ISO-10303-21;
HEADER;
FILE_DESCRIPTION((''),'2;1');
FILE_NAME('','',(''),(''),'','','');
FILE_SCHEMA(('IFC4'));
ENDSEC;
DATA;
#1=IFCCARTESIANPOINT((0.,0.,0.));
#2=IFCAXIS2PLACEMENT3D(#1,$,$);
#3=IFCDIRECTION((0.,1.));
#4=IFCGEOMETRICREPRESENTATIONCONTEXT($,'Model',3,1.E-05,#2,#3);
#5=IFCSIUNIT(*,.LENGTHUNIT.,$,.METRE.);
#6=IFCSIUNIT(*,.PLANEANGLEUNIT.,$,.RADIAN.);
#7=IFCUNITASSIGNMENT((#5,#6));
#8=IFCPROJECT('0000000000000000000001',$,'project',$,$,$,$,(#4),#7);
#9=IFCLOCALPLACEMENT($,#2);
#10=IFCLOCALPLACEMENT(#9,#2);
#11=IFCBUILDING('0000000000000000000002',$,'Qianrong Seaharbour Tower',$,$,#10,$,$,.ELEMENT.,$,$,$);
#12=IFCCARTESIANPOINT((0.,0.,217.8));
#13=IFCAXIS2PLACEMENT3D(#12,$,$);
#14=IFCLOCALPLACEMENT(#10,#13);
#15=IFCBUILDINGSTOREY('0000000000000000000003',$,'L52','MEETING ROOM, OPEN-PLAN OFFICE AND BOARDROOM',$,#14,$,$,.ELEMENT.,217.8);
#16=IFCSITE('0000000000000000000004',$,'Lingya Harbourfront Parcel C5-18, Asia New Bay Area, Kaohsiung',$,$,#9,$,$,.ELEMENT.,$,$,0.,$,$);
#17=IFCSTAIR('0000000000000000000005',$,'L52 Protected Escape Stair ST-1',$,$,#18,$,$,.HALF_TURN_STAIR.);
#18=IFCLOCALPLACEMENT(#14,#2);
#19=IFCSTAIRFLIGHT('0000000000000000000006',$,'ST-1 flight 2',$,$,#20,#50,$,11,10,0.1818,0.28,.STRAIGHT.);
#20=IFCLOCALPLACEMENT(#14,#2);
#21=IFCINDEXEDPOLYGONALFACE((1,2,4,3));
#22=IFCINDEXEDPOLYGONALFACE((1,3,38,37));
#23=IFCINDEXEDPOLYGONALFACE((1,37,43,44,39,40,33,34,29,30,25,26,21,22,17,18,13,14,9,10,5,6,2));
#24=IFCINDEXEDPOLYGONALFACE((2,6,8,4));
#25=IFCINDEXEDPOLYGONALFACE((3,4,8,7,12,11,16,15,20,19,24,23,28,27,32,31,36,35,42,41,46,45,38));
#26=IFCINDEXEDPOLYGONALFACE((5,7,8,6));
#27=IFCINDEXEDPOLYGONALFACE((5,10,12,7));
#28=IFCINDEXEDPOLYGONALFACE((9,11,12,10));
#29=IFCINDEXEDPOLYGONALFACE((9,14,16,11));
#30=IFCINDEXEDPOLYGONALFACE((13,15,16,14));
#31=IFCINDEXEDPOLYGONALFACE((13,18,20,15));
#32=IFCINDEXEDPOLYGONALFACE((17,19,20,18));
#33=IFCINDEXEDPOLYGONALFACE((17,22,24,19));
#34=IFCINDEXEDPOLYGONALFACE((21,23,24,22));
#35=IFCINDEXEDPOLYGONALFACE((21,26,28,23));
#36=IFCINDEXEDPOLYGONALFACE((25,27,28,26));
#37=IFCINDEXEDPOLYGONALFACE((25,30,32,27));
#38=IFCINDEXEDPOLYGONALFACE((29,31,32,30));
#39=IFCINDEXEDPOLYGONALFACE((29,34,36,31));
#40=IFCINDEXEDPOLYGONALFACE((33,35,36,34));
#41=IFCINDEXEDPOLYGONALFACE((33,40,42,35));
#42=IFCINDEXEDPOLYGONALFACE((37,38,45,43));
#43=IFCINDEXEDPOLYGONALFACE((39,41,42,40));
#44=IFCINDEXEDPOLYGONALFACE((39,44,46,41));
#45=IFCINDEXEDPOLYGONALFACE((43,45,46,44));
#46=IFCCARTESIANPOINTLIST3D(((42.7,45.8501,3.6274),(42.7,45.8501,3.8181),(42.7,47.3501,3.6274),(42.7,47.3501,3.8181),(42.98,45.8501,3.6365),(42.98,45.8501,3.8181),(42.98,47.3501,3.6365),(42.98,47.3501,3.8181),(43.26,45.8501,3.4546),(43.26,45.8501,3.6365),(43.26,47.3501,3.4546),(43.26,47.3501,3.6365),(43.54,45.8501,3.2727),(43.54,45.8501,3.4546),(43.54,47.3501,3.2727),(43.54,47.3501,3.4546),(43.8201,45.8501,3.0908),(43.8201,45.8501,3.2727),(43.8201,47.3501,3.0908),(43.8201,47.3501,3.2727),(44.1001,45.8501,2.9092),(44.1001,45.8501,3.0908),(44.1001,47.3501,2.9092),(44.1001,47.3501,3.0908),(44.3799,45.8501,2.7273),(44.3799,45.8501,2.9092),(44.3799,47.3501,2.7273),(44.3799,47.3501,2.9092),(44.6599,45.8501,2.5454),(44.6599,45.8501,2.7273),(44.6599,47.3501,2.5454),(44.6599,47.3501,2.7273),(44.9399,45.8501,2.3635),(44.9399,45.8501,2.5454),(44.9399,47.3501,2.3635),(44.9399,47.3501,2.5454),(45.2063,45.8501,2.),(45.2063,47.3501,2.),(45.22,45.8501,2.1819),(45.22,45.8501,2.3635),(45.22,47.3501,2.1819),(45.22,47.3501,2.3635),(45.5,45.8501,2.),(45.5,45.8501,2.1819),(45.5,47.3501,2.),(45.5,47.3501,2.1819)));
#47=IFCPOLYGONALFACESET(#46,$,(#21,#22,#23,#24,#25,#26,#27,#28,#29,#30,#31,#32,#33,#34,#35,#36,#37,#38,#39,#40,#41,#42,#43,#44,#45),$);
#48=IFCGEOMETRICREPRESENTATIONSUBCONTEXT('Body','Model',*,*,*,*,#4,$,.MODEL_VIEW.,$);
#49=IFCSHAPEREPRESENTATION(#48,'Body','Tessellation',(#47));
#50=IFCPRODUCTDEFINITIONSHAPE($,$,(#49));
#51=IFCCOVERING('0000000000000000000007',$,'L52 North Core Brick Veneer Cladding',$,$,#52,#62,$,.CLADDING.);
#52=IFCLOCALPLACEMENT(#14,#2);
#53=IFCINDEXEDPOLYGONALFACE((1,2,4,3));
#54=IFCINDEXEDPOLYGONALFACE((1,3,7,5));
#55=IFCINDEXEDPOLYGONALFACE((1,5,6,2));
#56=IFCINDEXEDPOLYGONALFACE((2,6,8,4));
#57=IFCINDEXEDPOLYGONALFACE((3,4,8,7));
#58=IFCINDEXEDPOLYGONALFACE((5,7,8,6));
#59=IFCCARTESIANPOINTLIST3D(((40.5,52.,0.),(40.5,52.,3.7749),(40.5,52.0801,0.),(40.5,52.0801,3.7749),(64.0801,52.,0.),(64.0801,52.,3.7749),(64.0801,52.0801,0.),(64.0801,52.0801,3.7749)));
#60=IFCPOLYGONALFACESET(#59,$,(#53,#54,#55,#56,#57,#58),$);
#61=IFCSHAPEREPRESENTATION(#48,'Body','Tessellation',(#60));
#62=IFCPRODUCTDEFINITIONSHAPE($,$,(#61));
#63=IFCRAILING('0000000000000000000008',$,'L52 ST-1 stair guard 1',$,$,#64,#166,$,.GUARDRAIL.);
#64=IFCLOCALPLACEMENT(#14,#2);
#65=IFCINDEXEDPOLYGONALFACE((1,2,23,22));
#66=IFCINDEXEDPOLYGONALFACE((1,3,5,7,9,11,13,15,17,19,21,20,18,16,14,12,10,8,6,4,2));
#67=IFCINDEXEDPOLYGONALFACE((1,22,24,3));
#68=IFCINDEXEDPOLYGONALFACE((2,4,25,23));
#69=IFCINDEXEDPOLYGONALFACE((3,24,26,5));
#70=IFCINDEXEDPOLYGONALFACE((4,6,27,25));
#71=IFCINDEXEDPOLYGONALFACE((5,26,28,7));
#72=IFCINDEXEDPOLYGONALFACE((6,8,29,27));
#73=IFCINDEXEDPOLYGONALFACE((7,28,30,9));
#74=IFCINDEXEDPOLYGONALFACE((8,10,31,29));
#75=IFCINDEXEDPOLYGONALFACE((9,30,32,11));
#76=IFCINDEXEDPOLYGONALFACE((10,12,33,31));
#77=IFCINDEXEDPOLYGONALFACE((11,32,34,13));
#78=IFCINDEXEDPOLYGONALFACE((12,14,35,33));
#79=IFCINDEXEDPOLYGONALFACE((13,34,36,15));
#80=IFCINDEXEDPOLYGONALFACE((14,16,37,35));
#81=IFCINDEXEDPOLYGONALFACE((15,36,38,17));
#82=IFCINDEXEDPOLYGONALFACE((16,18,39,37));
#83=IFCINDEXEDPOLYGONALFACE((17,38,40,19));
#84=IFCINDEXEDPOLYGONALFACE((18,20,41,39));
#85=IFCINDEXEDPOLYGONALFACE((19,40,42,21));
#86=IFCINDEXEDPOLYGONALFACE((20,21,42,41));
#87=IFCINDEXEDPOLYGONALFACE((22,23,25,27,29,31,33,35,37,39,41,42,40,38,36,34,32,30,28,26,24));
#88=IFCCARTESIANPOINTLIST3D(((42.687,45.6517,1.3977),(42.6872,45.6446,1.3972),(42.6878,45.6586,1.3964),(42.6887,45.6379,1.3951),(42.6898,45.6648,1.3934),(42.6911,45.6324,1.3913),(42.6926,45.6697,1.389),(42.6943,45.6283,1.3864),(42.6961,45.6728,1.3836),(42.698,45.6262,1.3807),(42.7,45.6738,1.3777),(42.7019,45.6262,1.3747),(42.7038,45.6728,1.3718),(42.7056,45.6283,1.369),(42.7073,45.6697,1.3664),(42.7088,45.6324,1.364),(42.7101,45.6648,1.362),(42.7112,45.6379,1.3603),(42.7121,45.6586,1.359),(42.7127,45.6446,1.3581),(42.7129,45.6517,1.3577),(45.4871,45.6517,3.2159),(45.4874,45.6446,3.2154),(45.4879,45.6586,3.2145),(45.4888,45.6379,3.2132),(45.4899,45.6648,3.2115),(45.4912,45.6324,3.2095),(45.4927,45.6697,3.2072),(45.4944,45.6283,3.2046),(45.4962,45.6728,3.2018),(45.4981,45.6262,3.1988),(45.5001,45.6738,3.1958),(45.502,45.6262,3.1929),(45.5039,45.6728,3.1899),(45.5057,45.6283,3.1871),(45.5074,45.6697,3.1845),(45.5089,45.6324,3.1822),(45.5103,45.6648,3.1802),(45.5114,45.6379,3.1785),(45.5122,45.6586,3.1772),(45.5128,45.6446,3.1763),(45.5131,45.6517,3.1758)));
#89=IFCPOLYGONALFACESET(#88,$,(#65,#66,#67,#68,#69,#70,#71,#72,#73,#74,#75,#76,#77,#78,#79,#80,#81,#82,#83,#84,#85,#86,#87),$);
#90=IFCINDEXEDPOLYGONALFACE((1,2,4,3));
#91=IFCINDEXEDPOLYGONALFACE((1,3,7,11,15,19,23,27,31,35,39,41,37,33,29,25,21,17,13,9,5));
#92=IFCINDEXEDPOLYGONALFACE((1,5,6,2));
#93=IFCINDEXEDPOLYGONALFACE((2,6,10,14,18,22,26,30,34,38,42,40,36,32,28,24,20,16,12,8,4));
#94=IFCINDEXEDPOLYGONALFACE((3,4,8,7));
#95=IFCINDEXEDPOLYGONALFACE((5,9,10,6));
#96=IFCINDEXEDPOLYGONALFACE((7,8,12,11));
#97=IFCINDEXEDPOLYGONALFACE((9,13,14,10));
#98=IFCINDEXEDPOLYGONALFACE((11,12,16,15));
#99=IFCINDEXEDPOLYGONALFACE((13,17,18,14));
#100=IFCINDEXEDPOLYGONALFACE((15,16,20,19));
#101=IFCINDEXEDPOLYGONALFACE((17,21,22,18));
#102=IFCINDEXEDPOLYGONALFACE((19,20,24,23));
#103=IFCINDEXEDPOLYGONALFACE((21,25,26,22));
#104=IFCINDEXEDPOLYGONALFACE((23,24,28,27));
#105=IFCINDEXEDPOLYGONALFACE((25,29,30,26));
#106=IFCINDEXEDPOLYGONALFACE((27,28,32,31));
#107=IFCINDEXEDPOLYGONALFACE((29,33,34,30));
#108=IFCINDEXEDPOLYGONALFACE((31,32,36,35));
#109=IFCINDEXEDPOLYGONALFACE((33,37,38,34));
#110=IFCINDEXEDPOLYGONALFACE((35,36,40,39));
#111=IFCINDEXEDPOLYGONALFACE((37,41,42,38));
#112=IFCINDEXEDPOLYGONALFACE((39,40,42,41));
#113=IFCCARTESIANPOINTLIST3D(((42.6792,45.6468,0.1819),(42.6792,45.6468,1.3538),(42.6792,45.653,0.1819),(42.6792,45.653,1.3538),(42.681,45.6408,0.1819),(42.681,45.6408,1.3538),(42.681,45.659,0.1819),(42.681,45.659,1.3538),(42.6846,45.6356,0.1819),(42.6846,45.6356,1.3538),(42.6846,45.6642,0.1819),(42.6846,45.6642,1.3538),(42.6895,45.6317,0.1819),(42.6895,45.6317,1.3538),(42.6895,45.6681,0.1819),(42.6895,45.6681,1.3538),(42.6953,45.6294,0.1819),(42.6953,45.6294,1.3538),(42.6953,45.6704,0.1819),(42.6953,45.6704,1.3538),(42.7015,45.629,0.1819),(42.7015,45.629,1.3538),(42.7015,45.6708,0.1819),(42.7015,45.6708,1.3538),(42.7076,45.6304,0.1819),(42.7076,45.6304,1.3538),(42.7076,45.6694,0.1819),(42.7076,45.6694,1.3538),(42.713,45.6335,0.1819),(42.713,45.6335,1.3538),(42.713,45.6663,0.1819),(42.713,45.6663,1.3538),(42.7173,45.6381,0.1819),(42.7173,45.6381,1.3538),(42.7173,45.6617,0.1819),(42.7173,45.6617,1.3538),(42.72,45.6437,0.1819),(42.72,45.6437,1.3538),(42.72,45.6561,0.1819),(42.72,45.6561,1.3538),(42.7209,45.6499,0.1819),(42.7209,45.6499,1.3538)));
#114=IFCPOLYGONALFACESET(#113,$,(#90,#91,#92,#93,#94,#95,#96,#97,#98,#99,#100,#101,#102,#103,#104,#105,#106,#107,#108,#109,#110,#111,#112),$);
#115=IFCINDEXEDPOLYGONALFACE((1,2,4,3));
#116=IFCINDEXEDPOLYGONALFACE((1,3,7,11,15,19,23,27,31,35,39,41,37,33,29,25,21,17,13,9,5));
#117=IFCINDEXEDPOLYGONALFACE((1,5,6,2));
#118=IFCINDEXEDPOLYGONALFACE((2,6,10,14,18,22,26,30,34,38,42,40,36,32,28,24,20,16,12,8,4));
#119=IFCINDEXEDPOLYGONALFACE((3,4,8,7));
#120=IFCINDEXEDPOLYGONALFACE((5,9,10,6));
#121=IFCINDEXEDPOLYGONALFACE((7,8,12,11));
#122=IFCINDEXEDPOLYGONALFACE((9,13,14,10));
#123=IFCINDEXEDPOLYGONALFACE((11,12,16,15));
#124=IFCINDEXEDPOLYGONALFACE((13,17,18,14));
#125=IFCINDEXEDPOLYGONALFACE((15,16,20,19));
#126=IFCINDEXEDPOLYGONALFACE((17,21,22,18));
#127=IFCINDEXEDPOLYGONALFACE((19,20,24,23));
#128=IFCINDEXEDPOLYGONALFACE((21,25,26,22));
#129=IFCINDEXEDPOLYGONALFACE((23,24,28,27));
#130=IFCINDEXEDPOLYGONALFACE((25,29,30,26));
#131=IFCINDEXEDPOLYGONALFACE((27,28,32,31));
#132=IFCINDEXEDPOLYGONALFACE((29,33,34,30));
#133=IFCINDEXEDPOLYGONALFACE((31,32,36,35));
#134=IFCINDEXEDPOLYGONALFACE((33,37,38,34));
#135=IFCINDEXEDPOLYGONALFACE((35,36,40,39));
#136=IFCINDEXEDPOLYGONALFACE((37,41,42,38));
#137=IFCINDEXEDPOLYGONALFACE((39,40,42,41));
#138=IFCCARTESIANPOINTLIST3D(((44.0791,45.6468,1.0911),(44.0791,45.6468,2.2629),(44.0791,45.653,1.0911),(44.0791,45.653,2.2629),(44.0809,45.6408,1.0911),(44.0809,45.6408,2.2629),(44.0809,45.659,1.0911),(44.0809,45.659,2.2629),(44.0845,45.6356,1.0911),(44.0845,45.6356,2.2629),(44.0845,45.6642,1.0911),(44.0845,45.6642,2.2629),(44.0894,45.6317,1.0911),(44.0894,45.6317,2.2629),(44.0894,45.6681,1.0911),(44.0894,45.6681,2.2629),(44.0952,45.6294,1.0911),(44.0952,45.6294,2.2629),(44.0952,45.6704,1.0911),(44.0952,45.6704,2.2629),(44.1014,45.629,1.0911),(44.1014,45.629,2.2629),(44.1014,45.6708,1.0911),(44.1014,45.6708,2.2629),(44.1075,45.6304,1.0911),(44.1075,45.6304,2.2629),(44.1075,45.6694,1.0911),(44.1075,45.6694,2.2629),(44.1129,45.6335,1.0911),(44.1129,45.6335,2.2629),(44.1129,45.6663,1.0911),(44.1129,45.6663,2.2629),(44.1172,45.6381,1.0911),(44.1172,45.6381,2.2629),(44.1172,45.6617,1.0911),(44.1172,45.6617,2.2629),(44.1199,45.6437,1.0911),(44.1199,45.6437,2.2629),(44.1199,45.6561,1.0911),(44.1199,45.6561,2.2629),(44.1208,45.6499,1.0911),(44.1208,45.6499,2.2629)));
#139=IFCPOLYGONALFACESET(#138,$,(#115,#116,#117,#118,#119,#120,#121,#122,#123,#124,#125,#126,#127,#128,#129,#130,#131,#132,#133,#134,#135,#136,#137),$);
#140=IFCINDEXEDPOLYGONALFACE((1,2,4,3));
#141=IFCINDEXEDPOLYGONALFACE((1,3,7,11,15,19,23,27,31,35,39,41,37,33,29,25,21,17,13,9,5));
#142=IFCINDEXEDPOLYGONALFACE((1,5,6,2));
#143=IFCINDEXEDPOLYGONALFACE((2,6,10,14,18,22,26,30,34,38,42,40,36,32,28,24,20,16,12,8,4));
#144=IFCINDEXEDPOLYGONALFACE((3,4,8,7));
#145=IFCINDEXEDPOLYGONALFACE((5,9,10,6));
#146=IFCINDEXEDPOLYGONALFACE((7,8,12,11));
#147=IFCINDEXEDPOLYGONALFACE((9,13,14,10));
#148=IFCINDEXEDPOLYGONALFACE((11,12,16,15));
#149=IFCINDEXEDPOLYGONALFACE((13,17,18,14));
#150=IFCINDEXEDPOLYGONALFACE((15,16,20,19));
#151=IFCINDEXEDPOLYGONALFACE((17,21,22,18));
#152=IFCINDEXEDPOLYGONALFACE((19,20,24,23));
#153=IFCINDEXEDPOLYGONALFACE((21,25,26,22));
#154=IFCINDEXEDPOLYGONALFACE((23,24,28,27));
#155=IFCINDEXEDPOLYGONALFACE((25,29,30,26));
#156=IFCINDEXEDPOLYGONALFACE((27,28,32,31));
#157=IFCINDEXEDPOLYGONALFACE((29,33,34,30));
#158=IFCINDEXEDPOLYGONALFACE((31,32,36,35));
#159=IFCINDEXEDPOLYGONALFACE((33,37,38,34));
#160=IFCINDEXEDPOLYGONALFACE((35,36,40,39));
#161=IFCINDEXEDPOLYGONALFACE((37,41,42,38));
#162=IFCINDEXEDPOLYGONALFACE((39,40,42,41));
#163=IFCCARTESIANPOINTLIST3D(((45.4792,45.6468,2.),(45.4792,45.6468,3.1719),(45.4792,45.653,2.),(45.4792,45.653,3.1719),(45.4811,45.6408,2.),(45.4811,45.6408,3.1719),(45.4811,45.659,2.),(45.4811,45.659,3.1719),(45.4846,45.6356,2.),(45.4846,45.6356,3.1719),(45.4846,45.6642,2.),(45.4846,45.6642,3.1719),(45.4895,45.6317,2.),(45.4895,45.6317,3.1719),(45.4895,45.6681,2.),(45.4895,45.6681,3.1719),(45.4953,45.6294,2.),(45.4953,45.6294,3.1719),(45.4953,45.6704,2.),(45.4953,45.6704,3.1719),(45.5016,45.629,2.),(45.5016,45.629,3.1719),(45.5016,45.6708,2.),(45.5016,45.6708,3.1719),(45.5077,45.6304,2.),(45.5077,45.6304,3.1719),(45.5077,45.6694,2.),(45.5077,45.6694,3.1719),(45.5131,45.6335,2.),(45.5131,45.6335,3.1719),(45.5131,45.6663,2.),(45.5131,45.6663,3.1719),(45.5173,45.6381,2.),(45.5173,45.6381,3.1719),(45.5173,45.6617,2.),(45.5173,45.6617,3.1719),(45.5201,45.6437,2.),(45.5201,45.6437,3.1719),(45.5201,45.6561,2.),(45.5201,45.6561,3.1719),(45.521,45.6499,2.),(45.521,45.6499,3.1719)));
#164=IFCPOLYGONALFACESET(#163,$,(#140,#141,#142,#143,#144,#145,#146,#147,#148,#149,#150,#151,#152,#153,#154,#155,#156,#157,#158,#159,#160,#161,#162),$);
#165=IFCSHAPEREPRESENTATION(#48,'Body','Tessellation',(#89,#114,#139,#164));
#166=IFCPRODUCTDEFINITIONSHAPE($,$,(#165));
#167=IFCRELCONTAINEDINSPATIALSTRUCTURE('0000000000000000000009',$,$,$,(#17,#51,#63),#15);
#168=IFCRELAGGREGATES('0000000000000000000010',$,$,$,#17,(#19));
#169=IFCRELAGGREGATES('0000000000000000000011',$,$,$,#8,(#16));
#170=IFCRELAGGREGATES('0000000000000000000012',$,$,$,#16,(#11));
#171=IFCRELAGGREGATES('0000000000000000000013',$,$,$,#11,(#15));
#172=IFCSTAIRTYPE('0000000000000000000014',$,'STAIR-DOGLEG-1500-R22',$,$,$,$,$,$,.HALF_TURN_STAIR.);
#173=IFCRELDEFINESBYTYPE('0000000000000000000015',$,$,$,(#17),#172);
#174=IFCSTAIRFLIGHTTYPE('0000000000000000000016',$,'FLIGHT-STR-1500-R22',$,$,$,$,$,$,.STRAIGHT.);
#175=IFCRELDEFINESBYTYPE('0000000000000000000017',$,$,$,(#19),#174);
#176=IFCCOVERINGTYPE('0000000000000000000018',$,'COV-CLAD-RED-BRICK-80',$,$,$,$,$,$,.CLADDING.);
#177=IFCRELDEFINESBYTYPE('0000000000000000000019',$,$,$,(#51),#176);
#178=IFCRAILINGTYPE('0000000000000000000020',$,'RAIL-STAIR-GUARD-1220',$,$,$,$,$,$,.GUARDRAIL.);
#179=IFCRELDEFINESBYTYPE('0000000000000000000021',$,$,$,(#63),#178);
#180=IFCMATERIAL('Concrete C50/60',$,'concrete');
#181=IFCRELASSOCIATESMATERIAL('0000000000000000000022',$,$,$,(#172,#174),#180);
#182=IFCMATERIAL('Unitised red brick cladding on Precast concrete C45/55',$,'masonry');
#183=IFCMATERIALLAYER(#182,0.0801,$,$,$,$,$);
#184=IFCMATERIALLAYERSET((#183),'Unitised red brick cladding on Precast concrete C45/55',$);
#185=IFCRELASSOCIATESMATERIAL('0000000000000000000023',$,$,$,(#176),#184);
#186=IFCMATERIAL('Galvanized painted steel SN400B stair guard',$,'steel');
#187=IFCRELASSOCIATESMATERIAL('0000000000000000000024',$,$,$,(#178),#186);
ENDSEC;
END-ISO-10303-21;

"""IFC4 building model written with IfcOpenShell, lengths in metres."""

from ifc_helpers import new_model, si_unit, direction, frame, origin, origin_2d, place, context, subcontext, project, spatial, polyline, rectangle, circle, outline, extrude, material, layer, layer_set, type_object, element, aggregate, save


model = new_model("IFC4")

# Units and contexts
model_context = context("Model", 3, precision=1e-05, world=origin(), true_north=direction((0.0, 1.0)))
body_context = subcontext(model_context, "Body", "Model", "MODEL_VIEW")
ifc_project = project(units=[si_unit("LENGTHUNIT", "METRE"), si_unit("PLANEANGLEUNIT", "RADIAN")], contexts=[model_context])

# Site, building, storey
site_placement = place(None, origin())
site = spatial("IfcSite", under=ifc_project, at=site_placement, Name="Lingya Harbourfront Parcel C5-18, Asia New Bay Area, Kaohsiung", CompositionType="ELEMENT", RefElevation=0.0)
building_placement = place(site_placement, origin())
building = spatial("IfcBuilding", under=site, at=building_placement, Name="Qianrong Seaharbour Tower", CompositionType="ELEMENT")
storey_placement = place(building_placement, frame((0.0, 0.0, 217.8)))
storey = spatial("IfcBuildingStorey", under=building, at=storey_placement, Name="L52", Description="MEETING ROOM, OPEN-PLAN OFFICE AND BOARDROOM", CompositionType="ELEMENT", Elevation=217.8)

# Shared definitions
ifc_material_1 = material(Name="Concrete C50/60", Category="concrete")

# Stair, stair flight
stair_type = type_object("IfcStairType", Name="STAIR-DOGLEG-1500-R22", PredefinedType="HALF_TURN_STAIR", material=ifc_material_1)
stair_placement = place(storey_placement, origin())
stair = element("IfcStair", 1, at=stair_placement, inside=storey, type_object=stair_type, Name="L52 Protected Escape Stair ST-1", PredefinedType="HALF_TURN_STAIR")
stair_flight_type = type_object("IfcStairFlightType", Name="FLIGHT-STR-1500-R22", PredefinedType="STRAIGHT", material=ifc_material_1)
stair_flight_1_placement = place(storey_placement, frame((45.5, 46.6001, 2.0), z_axis=(0.0, 0.0, 1.0), x_axis=(-1.0, 0.0, 0.0)))
stair_flight_1 = element("IfcStairFlight", 2, at=stair_flight_1_placement, type_object=stair_flight_type, Name="ST-1 flight 2", NumberOfRisers=11, NumberOfTreads=10, PredefinedType="STRAIGHT", RiserHeight=0.1818, TreadLength=0.28, context=body_context, shape_type="SweptSolid", body=[
    extrude(outline(polyline([(0.0, 0.0), (0.0, 0.1819), (0.28, 0.1819), (0.28, 0.3635), (0.5601, 0.3635), (0.5601, 0.5454), (0.8401, 0.5454), (0.8401, 0.7273), (1.1201, 0.7273), (1.1201, 0.9092), (1.3999, 0.9092), (1.3999, 1.0908), (1.6799, 1.0908), (1.6799, 1.2727), (1.96, 1.2727), (1.96, 1.4546), (2.24, 1.4546), (2.24, 1.6365), (2.52, 1.6365), (2.52, 1.8181), (2.8, 1.8181), (2.8, 2.0), (2.8, 1.6274), (0.2937, 0.0), (0.0, 0.0)])), frame((0.0, 0.75, 0.0), z_axis=(0.0, -1.0, 0.0), x_axis=(1.0, 0.0, 0.0)), (0.0, 0.0, 1.0), 1.5),
])
aggregate(stair, [stair_flight_1])

# Covering
ifc_material_2 = material(Name="Unitised red brick cladding on Precast concrete C45/55", Category="masonry")
ifc_layer_1 = layer(ifc_material_2, 0.0801)
ifc_layer_set_1 = layer_set([ifc_layer_1], Name="Unitised red brick cladding on Precast concrete C45/55")
covering_type = type_object("IfcCoveringType", Name="COV-CLAD-RED-BRICK-80", PredefinedType="CLADDING", material=ifc_layer_set_1)
covering_placement = place(storey_placement, frame((52.29, 52.04, 0.0), z_axis=(0.0, 0.0, 1.0), x_axis=(1.0, 0.0, 0.0)))
element("IfcCovering", 3, at=covering_placement, inside=storey, type_object=covering_type, Name="L52 North Core Brick Veneer Cladding", PredefinedType="CLADDING", context=body_context, shape_type="SweptSolid", body=[
    extrude(rectangle(XDim=23.5801, YDim=0.0801, at=origin_2d()), origin(), (0.0, 0.0, 1.0), 3.7749),
])

# Railing
ifc_material_3 = material(Name="Galvanized painted steel SN400B stair guard", Category="steel")
railing_type_1 = type_object("IfcRailingType", Name="RAIL-STAIR-GUARD-1220", PredefinedType="GUARDRAIL", material=ifc_material_3)
railing_1_placement = place(storey_placement, frame((42.7, 45.6499, 0.1819)))
element("IfcRailing", 4, at=railing_1_placement, inside=storey, type_object=railing_type_1, Name="L52 ST-1 stair guard 1", PredefinedType="GUARDRAIL", context=body_context, shape_type="SweptSolid", body=[
    extrude(circle(Radius=0.0239, at=origin_2d()), frame((0.0, 0.0, 1.1958), z_axis=(0.838706, 0.0, 0.544585), x_axis=(0.0, 1.0, 0.0)), (0.0, 0.0, 1.0), 3.3386),
    extrude(circle(Radius=0.021, at=origin_2d()), origin(), (0.0, 0.0, 1.0), 1.1719),
    extrude(circle(Radius=0.021, at=origin_2d()), frame((1.3999, 0.0, 0.9092)), (0.0, 0.0, 1.0), 1.1719),
    extrude(circle(Radius=0.021, at=origin_2d()), frame((2.8, 0.0, 1.8181)), (0.0, 0.0, 1.0), 1.1719),
])

save(model, "model.ifc")
